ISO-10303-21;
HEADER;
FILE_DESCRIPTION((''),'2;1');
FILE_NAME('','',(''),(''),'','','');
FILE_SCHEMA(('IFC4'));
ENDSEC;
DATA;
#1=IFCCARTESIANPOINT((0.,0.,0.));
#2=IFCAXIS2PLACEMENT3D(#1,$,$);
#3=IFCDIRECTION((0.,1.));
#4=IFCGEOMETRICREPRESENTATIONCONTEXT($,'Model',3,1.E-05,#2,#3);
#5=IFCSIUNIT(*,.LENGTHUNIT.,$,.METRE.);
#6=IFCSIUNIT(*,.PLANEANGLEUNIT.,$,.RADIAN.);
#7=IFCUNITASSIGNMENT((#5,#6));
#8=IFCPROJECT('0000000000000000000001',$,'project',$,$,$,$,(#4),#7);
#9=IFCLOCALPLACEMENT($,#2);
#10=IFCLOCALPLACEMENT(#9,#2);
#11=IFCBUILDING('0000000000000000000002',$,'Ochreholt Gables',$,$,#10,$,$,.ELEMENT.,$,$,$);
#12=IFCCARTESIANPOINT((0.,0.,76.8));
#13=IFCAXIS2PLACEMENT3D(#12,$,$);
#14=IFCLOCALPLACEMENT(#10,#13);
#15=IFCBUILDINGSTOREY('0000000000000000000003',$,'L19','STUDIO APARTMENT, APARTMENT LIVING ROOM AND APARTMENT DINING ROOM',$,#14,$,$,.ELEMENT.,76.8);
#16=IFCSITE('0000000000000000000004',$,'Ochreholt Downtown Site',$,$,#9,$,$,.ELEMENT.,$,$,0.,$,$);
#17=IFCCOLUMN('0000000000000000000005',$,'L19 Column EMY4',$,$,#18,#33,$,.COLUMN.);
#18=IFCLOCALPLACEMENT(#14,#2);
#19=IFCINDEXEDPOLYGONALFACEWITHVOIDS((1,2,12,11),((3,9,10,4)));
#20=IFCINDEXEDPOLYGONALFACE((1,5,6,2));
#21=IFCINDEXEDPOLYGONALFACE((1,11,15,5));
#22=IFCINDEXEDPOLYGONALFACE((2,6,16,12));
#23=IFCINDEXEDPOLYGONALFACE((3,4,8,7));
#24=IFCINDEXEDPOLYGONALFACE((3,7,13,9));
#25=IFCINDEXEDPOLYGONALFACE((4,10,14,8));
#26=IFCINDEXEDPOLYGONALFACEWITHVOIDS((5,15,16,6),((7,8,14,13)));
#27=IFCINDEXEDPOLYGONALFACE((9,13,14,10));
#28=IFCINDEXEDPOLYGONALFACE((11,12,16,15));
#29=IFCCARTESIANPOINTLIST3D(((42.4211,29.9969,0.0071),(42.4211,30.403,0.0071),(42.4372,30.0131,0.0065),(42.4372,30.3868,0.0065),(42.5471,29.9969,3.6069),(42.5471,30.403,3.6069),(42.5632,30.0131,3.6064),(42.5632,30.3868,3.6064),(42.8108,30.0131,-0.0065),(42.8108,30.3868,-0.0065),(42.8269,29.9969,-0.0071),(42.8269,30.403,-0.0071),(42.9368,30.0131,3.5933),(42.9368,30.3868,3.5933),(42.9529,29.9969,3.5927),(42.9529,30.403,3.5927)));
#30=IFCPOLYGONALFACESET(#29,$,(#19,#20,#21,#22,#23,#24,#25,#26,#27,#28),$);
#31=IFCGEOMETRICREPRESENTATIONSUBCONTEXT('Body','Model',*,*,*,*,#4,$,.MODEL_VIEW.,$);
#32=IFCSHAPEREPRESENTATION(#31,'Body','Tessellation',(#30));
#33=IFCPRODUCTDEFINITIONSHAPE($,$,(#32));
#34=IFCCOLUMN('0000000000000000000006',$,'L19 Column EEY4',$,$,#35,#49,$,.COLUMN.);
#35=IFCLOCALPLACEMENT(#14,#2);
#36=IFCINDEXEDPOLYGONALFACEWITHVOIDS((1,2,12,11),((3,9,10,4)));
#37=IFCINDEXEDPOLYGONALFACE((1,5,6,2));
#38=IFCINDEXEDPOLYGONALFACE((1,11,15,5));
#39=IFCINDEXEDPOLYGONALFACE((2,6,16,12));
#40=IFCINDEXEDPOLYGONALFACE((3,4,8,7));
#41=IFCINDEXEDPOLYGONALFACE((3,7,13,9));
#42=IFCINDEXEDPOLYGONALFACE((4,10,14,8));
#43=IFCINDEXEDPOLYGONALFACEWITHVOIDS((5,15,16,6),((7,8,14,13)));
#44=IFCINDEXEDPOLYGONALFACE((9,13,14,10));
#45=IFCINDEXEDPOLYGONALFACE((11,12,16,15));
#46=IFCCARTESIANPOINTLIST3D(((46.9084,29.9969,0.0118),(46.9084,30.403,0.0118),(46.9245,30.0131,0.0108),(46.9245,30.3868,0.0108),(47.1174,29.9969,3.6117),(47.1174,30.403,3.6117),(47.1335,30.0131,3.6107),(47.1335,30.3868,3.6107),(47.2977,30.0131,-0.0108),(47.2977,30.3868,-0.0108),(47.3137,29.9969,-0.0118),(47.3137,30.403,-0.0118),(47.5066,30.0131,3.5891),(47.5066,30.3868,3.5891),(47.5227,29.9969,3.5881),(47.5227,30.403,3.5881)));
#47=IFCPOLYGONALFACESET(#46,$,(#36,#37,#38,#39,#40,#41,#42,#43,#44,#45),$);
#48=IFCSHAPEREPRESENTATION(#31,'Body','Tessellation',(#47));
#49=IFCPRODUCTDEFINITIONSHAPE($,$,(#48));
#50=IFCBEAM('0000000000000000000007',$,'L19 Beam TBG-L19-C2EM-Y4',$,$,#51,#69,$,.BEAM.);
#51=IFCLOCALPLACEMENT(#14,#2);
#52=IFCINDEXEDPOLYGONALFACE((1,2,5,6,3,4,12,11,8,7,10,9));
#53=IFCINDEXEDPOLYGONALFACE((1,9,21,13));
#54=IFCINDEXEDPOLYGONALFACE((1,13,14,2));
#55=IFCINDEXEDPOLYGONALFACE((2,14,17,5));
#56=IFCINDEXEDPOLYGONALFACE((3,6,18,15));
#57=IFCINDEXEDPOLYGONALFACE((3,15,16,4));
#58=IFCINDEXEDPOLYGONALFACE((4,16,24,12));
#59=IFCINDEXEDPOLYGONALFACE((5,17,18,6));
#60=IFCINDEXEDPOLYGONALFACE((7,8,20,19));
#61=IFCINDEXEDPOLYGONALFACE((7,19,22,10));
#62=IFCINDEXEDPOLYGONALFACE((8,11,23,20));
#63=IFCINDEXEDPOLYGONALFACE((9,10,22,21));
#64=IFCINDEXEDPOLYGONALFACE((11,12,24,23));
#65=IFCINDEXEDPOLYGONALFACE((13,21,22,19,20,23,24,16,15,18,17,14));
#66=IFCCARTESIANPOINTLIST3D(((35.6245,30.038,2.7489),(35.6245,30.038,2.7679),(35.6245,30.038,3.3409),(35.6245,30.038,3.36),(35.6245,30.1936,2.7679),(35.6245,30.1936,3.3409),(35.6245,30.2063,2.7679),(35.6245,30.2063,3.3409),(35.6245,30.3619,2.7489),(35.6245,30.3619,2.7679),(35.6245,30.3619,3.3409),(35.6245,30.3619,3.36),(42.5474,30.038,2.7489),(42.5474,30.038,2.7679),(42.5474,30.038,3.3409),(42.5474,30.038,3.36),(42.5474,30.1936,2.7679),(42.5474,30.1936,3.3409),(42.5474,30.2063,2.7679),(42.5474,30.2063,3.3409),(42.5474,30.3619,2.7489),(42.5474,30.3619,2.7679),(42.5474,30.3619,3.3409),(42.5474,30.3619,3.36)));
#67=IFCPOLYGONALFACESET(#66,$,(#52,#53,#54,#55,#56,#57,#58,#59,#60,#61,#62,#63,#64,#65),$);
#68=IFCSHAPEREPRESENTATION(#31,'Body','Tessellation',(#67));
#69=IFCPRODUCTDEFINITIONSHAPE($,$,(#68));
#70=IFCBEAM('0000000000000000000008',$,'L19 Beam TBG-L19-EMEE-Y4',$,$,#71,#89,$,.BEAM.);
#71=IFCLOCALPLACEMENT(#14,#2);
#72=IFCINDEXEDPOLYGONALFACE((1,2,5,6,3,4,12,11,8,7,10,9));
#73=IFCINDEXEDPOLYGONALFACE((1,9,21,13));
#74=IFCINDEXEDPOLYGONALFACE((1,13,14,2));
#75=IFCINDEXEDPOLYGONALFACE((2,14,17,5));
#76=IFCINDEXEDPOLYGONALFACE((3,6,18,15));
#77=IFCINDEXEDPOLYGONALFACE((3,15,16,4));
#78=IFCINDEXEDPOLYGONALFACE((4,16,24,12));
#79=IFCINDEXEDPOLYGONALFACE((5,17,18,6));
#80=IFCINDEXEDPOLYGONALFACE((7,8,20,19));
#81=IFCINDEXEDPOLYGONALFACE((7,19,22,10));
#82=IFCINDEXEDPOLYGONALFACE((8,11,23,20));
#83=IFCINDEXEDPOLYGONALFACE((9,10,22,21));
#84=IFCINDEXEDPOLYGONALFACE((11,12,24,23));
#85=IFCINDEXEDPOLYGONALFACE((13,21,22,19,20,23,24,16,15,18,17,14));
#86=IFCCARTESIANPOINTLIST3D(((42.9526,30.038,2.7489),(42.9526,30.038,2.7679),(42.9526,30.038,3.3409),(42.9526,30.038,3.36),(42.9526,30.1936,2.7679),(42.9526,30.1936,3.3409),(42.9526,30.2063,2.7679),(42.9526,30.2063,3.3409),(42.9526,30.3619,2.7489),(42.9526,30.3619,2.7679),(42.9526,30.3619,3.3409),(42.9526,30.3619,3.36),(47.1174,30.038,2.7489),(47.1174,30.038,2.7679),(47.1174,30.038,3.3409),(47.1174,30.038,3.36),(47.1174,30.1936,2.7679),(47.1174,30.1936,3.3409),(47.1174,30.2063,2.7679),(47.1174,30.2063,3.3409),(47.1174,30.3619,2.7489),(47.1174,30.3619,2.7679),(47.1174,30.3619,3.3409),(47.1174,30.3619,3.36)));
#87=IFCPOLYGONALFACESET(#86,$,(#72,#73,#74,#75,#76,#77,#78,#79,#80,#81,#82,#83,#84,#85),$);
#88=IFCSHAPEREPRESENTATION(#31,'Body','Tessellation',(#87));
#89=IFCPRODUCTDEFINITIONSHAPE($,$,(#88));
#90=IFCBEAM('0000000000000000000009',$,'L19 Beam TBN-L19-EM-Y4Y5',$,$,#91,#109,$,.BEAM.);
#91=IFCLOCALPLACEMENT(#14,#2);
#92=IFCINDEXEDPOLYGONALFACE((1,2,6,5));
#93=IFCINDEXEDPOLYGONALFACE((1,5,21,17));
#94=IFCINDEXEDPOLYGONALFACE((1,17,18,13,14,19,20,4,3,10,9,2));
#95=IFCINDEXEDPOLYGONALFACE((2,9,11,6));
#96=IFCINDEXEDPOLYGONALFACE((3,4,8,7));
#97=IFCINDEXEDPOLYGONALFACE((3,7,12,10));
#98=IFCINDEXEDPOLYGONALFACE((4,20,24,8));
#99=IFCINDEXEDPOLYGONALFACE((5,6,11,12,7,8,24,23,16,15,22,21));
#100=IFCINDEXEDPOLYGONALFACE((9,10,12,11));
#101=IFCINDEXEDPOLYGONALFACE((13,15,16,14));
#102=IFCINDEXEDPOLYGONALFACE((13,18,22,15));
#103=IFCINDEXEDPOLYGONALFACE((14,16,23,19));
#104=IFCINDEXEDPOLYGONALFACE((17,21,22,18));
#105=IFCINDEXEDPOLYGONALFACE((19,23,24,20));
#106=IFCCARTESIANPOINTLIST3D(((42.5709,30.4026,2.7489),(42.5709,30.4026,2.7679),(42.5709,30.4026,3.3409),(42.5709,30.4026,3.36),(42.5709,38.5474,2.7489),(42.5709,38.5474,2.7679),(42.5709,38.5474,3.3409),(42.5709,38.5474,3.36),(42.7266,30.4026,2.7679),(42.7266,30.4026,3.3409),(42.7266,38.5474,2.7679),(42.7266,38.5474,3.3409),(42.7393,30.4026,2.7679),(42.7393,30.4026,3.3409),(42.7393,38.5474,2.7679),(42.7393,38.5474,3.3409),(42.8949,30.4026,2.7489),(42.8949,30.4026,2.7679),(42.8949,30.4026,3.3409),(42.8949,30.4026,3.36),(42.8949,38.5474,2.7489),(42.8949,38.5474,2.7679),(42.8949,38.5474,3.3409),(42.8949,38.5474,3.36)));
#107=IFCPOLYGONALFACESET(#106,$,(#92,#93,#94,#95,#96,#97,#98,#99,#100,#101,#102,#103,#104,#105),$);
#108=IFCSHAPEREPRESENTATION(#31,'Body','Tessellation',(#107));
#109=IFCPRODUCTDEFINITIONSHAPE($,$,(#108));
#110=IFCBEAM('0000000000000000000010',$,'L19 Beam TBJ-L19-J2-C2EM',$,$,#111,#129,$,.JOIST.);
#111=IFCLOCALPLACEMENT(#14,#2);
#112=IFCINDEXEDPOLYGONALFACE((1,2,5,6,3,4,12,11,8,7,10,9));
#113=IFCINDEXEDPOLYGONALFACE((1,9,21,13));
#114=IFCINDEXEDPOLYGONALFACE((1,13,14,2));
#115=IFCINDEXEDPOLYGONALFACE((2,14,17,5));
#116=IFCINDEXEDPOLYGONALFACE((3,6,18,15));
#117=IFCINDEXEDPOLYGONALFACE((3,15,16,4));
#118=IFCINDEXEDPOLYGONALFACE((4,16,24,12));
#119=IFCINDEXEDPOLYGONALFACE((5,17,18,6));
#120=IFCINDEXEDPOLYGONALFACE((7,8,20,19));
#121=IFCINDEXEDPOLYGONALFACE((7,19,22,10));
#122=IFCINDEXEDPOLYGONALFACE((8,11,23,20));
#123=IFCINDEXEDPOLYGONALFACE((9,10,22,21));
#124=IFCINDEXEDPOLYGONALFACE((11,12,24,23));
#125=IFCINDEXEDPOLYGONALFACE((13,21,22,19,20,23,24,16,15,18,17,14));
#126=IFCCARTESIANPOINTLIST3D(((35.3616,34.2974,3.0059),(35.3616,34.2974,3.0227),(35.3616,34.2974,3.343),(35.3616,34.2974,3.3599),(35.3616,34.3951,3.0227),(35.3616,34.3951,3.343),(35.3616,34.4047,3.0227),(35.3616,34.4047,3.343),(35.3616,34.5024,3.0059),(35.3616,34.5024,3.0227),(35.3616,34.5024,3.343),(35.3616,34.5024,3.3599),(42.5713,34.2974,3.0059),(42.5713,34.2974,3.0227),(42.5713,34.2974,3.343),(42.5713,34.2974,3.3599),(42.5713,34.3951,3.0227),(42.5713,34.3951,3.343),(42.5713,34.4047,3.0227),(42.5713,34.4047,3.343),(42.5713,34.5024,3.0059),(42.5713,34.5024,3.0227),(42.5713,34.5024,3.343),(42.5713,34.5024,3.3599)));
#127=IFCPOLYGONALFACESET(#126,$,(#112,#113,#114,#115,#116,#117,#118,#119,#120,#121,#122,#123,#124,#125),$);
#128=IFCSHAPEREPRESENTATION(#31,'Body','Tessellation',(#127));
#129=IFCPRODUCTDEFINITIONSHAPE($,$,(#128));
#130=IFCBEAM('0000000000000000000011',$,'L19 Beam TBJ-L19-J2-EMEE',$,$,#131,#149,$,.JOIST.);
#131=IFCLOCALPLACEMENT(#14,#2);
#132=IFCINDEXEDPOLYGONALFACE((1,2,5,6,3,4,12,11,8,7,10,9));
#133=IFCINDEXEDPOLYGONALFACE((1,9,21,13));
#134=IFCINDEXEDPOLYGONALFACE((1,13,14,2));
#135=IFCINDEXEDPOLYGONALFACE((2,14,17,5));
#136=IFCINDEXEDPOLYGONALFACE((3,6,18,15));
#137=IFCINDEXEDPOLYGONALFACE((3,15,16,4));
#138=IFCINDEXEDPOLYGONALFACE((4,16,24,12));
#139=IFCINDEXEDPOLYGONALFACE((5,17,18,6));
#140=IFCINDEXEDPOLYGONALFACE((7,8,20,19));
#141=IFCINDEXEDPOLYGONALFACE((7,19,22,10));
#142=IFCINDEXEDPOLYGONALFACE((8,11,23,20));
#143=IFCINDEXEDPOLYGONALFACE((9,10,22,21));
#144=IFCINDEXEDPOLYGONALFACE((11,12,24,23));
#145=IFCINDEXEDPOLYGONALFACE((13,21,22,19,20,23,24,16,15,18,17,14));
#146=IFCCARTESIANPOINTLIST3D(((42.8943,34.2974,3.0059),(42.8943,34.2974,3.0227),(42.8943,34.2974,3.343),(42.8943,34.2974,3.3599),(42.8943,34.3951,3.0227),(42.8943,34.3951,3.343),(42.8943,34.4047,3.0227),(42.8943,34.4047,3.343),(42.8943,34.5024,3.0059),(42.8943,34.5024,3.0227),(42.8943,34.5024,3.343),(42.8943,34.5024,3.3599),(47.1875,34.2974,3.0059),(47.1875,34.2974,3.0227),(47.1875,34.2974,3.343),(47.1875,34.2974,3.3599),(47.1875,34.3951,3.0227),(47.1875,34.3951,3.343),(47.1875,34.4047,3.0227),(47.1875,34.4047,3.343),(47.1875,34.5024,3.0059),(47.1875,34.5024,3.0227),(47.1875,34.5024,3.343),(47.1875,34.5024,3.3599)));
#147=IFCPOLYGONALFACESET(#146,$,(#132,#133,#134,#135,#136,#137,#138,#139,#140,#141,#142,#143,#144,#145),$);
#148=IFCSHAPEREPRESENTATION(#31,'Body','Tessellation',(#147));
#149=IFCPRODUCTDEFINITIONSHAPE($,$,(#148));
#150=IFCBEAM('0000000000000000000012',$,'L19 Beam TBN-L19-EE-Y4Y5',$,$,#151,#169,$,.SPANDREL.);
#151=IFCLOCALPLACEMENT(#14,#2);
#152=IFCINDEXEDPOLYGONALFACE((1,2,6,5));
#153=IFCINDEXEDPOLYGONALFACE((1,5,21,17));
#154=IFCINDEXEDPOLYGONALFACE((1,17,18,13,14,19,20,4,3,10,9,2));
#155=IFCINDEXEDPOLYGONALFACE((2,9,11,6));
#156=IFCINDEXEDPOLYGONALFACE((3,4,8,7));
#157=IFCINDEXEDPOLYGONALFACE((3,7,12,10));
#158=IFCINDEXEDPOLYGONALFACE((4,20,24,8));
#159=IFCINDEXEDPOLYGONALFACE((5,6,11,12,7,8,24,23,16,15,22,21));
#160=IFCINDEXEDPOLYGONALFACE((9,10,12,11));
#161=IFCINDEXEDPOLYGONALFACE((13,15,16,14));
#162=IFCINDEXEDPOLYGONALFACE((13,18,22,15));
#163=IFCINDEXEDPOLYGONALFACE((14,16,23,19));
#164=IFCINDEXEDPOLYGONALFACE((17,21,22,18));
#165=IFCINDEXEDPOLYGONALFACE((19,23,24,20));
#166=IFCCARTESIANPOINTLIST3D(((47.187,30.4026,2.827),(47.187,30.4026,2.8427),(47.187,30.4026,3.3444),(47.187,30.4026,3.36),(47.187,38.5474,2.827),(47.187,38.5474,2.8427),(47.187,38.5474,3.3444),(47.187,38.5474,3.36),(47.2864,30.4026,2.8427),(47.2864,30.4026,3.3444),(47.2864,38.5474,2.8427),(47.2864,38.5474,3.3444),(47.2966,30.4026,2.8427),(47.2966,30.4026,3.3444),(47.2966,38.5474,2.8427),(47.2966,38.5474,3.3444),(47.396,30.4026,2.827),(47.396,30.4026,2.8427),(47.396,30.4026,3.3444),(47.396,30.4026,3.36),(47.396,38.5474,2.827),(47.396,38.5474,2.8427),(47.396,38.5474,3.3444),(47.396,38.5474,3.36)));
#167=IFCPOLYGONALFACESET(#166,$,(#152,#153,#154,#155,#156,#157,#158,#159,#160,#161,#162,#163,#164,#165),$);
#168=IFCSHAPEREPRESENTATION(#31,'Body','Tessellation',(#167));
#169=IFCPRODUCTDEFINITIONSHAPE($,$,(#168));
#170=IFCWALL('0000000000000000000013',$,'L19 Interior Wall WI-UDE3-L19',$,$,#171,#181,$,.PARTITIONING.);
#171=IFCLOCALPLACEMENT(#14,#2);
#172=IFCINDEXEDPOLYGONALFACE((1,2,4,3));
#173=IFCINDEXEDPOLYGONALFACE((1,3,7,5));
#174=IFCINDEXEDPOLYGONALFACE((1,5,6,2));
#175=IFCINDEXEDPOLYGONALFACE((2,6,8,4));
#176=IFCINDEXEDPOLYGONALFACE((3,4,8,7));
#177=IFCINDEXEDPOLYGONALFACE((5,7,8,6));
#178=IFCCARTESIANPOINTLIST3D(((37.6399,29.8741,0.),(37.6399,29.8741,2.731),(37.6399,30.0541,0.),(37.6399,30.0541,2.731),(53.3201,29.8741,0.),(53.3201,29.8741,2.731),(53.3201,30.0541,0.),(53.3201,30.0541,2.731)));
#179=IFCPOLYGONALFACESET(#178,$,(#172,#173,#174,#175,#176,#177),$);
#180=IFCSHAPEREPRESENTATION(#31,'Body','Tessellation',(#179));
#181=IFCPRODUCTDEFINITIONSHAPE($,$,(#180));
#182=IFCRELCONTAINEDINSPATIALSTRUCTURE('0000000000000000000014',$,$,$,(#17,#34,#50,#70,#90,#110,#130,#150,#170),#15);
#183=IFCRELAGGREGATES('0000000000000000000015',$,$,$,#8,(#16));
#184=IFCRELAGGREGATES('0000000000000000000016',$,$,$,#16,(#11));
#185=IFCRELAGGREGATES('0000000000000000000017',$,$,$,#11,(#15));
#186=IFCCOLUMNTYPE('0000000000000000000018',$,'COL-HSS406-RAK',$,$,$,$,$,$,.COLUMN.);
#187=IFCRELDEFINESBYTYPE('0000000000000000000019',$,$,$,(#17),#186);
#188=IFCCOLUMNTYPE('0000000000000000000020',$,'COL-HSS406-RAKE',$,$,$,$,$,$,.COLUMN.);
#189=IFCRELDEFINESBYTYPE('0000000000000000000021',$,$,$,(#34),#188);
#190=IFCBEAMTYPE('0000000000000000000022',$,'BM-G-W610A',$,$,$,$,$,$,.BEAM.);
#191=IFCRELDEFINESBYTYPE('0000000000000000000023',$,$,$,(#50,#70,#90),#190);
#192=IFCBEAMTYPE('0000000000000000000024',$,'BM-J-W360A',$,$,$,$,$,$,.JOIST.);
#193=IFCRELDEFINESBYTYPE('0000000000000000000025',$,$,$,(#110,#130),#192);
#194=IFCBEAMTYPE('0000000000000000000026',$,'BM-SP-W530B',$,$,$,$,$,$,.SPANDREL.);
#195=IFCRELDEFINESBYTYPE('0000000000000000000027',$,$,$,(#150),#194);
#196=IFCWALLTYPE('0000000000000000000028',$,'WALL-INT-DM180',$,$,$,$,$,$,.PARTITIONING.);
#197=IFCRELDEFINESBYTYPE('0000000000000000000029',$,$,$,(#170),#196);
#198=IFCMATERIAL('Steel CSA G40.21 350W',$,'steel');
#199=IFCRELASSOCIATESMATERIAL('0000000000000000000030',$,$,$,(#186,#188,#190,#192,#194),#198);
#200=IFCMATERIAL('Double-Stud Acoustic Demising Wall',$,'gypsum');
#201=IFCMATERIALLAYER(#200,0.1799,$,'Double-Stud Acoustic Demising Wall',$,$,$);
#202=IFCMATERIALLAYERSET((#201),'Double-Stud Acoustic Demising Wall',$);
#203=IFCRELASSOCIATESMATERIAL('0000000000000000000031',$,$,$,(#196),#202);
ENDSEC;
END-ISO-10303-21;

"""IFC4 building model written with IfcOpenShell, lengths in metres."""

from ifc_helpers import new_model, si_unit, direction, frame, frame_2d, origin, origin_2d, place, context, subcontext, project, spatial, rectangle, hollow_rectangle, i_section, extrude, material, layer, layer_set, material_profile, profile_set, type_object, element, save


model = new_model("IFC4")

# Units and contexts
model_context = context("Model", 3, precision=1e-05, world=origin(), true_north=direction((0.0, 1.0)))
body_context = subcontext(model_context, "Body", "Model", "MODEL_VIEW")
ifc_project = project(units=[si_unit("LENGTHUNIT", "METRE"), si_unit("PLANEANGLEUNIT", "RADIAN")], contexts=[model_context])

# Site, building, storey
site_placement = place(None, origin())
site = spatial("IfcSite", under=ifc_project, at=site_placement, Name="Ochreholt Downtown Site", CompositionType="ELEMENT", RefElevation=0.0)
building_placement = place(site_placement, origin())
building = spatial("IfcBuilding", under=site, at=building_placement, Name="Ochreholt Gables", CompositionType="ELEMENT")
storey_placement = place(building_placement, frame((0.0, 0.0, 76.8)))
storey = spatial("IfcBuildingStorey", under=building, at=storey_placement, Name="L19", Description="STUDIO APARTMENT, APARTMENT LIVING ROOM AND APARTMENT DINING ROOM", CompositionType="ELEMENT", Elevation=76.8)

# Columns
ifc_material_1 = material(Name="Steel CSA G40.21 350W", Category="steel")
ifc_material_profile_1 = material_profile(ifc_material_1, hollow_rectangle(XDim=0.406, YDim=0.406, WallThickness=0.0161, at=origin_2d()), Name="HSS406X406X16")
ifc_profile_set_1 = profile_set([ifc_material_profile_1], Name="Steel CSA G40.21 350W")
column_type_1 = type_object("IfcColumnType", Name="COL-HSS406-RAK", PredefinedType="COLUMN", material=ifc_profile_set_1)
column_1_placement = place(storey_placement, frame((42.624, 30.2, 0.0), z_axis=(0.034974, 0.0, 0.999388), x_axis=(0.0, 1.0, 0.0)))
element("IfcColumn", 1, at=column_1_placement, inside=storey, type_object=column_type_1, Name="L19 Column EMY4", PredefinedType="COLUMN", context=body_context, shape_type="SweptSolid", body=[
    extrude(hollow_rectangle(XDim=0.406, YDim=0.406, WallThickness=0.0161, at=origin_2d()), origin(), (0.0, 0.0, 1.0), 3.6021),
])
ifc_material_profile_2 = material_profile(ifc_material_1, hollow_rectangle(XDim=0.406, YDim=0.406, WallThickness=0.0161, at=origin_2d()), Name="HSS406X406X16")
ifc_profile_set_2 = profile_set([ifc_material_profile_2], Name="Steel CSA G40.21 350W")
column_type_2 = type_object("IfcColumnType", Name="COL-HSS406-RAKE", PredefinedType="COLUMN", material=ifc_profile_set_2)
column_2_placement = place(storey_placement, frame((47.1111, 30.2, 0.0), z_axis=(0.057956, 0.0, 0.998319), x_axis=(0.0, 1.0, 0.0)))
element("IfcColumn", 2, at=column_2_placement, inside=storey, type_object=column_type_2, Name="L19 Column EEY4", PredefinedType="COLUMN", context=body_context, shape_type="SweptSolid", body=[
    extrude(hollow_rectangle(XDim=0.406, YDim=0.406, WallThickness=0.0161, at=origin_2d()), origin(), (0.0, 0.0, 1.0), 3.606),
])

# Beams
ifc_material_profile_3 = material_profile(ifc_material_1, i_section(OverallWidth=0.324, OverallDepth=0.6111, WebThickness=0.0127, FlangeThickness=0.019, at=origin_2d()), Name="W610X155")
ifc_profile_set_3 = profile_set([ifc_material_profile_3], Name="Steel CSA G40.21 350W")
beam_type_1 = type_object("IfcBeamType", Name="BM-G-W610A", PredefinedType="BEAM", material=ifc_profile_set_3)
beam_1_placement = place(storey_placement, frame((35.6245, 30.2, 3.0544), z_axis=(1.0, 0.0, 0.0), x_axis=(0.0, 1.0, 0.0)))
element("IfcBeam", 3, at=beam_1_placement, inside=storey, type_object=beam_type_1, Name="L19 Beam TBG-L19-C2EM-Y4", PredefinedType="BEAM", context=body_context, shape_type="SweptSolid", body=[
    extrude(i_section(OverallWidth=0.324, OverallDepth=0.6111, WebThickness=0.0127, FlangeThickness=0.019, at=origin_2d()), origin(), (0.0, 0.0, 1.0), 6.9229),
])
beam_2_placement = place(storey_placement, frame((42.9526, 30.2, 3.0544), z_axis=(1.0, 0.0, 0.0), x_axis=(0.0, 1.0, 0.0)))
element("IfcBeam", 4, at=beam_2_placement, inside=storey, type_object=beam_type_1, Name="L19 Beam TBG-L19-EMEE-Y4", PredefinedType="BEAM", context=body_context, shape_type="SweptSolid", body=[
    extrude(i_section(OverallWidth=0.324, OverallDepth=0.6111, WebThickness=0.0127, FlangeThickness=0.019, at=origin_2d()), origin(), (0.0, 0.0, 1.0), 4.1648),
])
beam_3_placement = place(storey_placement, frame((42.7329, 30.4026, 3.0544), z_axis=(0.0, 1.0, 0.0), x_axis=(-1.0, 0.0, 0.0)))
element("IfcBeam", 5, at=beam_3_placement, inside=storey, type_object=beam_type_1, Name="L19 Beam TBN-L19-EM-Y4Y5", PredefinedType="BEAM", context=body_context, shape_type="SweptSolid", body=[
    extrude(i_section(OverallWidth=0.324, OverallDepth=0.6111, WebThickness=0.0127, FlangeThickness=0.019, at=origin_2d()), origin(), (0.0, 0.0, 1.0), 8.1448),
])
ifc_material_profile_4 = material_profile(ifc_material_1, i_section(OverallWidth=0.2051, OverallDepth=0.354, WebThickness=0.0095, FlangeThickness=0.0168, at=origin_2d()), Name="W360X79")
ifc_profile_set_4 = profile_set([ifc_material_profile_4], Name="Steel CSA G40.21 350W")
beam_type_2 = type_object("IfcBeamType", Name="BM-J-W360A", PredefinedType="JOIST", material=ifc_profile_set_4)
beam_4_placement = place(storey_placement, frame((35.3616, 34.3999, 3.1829), z_axis=(1.0, 0.0, 0.0), x_axis=(0.0, 1.0, 0.0)))
element("IfcBeam", 6, at=beam_4_placement, inside=storey, type_object=beam_type_2, Name="L19 Beam TBJ-L19-J2-C2EM", PredefinedType="JOIST", context=body_context, shape_type="SweptSolid", body=[
    extrude(i_section(OverallWidth=0.2051, OverallDepth=0.354, WebThickness=0.0095, FlangeThickness=0.0168, at=origin_2d()), origin(), (0.0, 0.0, 1.0), 7.2097),
])
beam_5_placement = place(storey_placement, frame((42.8943, 34.3999, 3.1829), z_axis=(1.0, 0.0, 0.0), x_axis=(0.0, 1.0, 0.0)))
element("IfcBeam", 7, at=beam_5_placement, inside=storey, type_object=beam_type_2, Name="L19 Beam TBJ-L19-J2-EMEE", PredefinedType="JOIST", context=body_context, shape_type="SweptSolid", body=[
    extrude(i_section(OverallWidth=0.2051, OverallDepth=0.354, WebThickness=0.0095, FlangeThickness=0.0168, at=origin_2d()), origin(), (0.0, 0.0, 1.0), 4.2932),
])
ifc_material_profile_5 = material_profile(ifc_material_1, i_section(OverallWidth=0.209, OverallDepth=0.533, WebThickness=0.0103, FlangeThickness=0.0156, at=origin_2d()), Name="W530X92")
ifc_profile_set_5 = profile_set([ifc_material_profile_5], Name="Steel CSA G40.21 350W")
beam_type_3 = type_object("IfcBeamType", Name="BM-SP-W530B", PredefinedType="SPANDREL", material=ifc_profile_set_5)
beam_6_placement = place(storey_placement, frame((47.2915, 30.4026, 3.0935), z_axis=(0.0, 1.0, 0.0), x_axis=(-1.0, 0.0, 0.0)))
element("IfcBeam", 8, at=beam_6_placement, inside=storey, type_object=beam_type_3, Name="L19 Beam TBN-L19-EE-Y4Y5", PredefinedType="SPANDREL", context=body_context, shape_type="SweptSolid", body=[
    extrude(i_section(OverallWidth=0.209, OverallDepth=0.533, WebThickness=0.0103, FlangeThickness=0.0156, at=origin_2d()), origin(), (0.0, 0.0, 1.0), 8.1448),
])

# Wall
ifc_material_2 = material(Name="Double-Stud Acoustic Demising Wall", Category="gypsum")
ifc_layer_1 = layer(ifc_material_2, 0.1799, Name="Double-Stud Acoustic Demising Wall")
ifc_layer_set_1 = layer_set([ifc_layer_1], Name="Double-Stud Acoustic Demising Wall")
wall_type_1 = type_object("IfcWallType", Name="WALL-INT-DM180", PredefinedType="PARTITIONING", material=ifc_layer_set_1)
wall_1_placement = place(storey_placement, frame((37.6399, 29.9641, 0.0), z_axis=(0.0, 0.0, 1.0), x_axis=(1.0, 0.0, 0.0)))
element("IfcWall", 9, at=wall_1_placement, inside=storey, type_object=wall_type_1, Name="L19 Interior Wall WI-UDE3-L19", PredefinedType="PARTITIONING", context=body_context, shape_type="SweptSolid", body=[
    extrude(rectangle(XDim=15.6802, YDim=0.1799, at=frame_2d((7.8401, 0.0))), origin(), (0.0, 0.0, 1.0), 2.731),
])

save(model, "model.ifc")
